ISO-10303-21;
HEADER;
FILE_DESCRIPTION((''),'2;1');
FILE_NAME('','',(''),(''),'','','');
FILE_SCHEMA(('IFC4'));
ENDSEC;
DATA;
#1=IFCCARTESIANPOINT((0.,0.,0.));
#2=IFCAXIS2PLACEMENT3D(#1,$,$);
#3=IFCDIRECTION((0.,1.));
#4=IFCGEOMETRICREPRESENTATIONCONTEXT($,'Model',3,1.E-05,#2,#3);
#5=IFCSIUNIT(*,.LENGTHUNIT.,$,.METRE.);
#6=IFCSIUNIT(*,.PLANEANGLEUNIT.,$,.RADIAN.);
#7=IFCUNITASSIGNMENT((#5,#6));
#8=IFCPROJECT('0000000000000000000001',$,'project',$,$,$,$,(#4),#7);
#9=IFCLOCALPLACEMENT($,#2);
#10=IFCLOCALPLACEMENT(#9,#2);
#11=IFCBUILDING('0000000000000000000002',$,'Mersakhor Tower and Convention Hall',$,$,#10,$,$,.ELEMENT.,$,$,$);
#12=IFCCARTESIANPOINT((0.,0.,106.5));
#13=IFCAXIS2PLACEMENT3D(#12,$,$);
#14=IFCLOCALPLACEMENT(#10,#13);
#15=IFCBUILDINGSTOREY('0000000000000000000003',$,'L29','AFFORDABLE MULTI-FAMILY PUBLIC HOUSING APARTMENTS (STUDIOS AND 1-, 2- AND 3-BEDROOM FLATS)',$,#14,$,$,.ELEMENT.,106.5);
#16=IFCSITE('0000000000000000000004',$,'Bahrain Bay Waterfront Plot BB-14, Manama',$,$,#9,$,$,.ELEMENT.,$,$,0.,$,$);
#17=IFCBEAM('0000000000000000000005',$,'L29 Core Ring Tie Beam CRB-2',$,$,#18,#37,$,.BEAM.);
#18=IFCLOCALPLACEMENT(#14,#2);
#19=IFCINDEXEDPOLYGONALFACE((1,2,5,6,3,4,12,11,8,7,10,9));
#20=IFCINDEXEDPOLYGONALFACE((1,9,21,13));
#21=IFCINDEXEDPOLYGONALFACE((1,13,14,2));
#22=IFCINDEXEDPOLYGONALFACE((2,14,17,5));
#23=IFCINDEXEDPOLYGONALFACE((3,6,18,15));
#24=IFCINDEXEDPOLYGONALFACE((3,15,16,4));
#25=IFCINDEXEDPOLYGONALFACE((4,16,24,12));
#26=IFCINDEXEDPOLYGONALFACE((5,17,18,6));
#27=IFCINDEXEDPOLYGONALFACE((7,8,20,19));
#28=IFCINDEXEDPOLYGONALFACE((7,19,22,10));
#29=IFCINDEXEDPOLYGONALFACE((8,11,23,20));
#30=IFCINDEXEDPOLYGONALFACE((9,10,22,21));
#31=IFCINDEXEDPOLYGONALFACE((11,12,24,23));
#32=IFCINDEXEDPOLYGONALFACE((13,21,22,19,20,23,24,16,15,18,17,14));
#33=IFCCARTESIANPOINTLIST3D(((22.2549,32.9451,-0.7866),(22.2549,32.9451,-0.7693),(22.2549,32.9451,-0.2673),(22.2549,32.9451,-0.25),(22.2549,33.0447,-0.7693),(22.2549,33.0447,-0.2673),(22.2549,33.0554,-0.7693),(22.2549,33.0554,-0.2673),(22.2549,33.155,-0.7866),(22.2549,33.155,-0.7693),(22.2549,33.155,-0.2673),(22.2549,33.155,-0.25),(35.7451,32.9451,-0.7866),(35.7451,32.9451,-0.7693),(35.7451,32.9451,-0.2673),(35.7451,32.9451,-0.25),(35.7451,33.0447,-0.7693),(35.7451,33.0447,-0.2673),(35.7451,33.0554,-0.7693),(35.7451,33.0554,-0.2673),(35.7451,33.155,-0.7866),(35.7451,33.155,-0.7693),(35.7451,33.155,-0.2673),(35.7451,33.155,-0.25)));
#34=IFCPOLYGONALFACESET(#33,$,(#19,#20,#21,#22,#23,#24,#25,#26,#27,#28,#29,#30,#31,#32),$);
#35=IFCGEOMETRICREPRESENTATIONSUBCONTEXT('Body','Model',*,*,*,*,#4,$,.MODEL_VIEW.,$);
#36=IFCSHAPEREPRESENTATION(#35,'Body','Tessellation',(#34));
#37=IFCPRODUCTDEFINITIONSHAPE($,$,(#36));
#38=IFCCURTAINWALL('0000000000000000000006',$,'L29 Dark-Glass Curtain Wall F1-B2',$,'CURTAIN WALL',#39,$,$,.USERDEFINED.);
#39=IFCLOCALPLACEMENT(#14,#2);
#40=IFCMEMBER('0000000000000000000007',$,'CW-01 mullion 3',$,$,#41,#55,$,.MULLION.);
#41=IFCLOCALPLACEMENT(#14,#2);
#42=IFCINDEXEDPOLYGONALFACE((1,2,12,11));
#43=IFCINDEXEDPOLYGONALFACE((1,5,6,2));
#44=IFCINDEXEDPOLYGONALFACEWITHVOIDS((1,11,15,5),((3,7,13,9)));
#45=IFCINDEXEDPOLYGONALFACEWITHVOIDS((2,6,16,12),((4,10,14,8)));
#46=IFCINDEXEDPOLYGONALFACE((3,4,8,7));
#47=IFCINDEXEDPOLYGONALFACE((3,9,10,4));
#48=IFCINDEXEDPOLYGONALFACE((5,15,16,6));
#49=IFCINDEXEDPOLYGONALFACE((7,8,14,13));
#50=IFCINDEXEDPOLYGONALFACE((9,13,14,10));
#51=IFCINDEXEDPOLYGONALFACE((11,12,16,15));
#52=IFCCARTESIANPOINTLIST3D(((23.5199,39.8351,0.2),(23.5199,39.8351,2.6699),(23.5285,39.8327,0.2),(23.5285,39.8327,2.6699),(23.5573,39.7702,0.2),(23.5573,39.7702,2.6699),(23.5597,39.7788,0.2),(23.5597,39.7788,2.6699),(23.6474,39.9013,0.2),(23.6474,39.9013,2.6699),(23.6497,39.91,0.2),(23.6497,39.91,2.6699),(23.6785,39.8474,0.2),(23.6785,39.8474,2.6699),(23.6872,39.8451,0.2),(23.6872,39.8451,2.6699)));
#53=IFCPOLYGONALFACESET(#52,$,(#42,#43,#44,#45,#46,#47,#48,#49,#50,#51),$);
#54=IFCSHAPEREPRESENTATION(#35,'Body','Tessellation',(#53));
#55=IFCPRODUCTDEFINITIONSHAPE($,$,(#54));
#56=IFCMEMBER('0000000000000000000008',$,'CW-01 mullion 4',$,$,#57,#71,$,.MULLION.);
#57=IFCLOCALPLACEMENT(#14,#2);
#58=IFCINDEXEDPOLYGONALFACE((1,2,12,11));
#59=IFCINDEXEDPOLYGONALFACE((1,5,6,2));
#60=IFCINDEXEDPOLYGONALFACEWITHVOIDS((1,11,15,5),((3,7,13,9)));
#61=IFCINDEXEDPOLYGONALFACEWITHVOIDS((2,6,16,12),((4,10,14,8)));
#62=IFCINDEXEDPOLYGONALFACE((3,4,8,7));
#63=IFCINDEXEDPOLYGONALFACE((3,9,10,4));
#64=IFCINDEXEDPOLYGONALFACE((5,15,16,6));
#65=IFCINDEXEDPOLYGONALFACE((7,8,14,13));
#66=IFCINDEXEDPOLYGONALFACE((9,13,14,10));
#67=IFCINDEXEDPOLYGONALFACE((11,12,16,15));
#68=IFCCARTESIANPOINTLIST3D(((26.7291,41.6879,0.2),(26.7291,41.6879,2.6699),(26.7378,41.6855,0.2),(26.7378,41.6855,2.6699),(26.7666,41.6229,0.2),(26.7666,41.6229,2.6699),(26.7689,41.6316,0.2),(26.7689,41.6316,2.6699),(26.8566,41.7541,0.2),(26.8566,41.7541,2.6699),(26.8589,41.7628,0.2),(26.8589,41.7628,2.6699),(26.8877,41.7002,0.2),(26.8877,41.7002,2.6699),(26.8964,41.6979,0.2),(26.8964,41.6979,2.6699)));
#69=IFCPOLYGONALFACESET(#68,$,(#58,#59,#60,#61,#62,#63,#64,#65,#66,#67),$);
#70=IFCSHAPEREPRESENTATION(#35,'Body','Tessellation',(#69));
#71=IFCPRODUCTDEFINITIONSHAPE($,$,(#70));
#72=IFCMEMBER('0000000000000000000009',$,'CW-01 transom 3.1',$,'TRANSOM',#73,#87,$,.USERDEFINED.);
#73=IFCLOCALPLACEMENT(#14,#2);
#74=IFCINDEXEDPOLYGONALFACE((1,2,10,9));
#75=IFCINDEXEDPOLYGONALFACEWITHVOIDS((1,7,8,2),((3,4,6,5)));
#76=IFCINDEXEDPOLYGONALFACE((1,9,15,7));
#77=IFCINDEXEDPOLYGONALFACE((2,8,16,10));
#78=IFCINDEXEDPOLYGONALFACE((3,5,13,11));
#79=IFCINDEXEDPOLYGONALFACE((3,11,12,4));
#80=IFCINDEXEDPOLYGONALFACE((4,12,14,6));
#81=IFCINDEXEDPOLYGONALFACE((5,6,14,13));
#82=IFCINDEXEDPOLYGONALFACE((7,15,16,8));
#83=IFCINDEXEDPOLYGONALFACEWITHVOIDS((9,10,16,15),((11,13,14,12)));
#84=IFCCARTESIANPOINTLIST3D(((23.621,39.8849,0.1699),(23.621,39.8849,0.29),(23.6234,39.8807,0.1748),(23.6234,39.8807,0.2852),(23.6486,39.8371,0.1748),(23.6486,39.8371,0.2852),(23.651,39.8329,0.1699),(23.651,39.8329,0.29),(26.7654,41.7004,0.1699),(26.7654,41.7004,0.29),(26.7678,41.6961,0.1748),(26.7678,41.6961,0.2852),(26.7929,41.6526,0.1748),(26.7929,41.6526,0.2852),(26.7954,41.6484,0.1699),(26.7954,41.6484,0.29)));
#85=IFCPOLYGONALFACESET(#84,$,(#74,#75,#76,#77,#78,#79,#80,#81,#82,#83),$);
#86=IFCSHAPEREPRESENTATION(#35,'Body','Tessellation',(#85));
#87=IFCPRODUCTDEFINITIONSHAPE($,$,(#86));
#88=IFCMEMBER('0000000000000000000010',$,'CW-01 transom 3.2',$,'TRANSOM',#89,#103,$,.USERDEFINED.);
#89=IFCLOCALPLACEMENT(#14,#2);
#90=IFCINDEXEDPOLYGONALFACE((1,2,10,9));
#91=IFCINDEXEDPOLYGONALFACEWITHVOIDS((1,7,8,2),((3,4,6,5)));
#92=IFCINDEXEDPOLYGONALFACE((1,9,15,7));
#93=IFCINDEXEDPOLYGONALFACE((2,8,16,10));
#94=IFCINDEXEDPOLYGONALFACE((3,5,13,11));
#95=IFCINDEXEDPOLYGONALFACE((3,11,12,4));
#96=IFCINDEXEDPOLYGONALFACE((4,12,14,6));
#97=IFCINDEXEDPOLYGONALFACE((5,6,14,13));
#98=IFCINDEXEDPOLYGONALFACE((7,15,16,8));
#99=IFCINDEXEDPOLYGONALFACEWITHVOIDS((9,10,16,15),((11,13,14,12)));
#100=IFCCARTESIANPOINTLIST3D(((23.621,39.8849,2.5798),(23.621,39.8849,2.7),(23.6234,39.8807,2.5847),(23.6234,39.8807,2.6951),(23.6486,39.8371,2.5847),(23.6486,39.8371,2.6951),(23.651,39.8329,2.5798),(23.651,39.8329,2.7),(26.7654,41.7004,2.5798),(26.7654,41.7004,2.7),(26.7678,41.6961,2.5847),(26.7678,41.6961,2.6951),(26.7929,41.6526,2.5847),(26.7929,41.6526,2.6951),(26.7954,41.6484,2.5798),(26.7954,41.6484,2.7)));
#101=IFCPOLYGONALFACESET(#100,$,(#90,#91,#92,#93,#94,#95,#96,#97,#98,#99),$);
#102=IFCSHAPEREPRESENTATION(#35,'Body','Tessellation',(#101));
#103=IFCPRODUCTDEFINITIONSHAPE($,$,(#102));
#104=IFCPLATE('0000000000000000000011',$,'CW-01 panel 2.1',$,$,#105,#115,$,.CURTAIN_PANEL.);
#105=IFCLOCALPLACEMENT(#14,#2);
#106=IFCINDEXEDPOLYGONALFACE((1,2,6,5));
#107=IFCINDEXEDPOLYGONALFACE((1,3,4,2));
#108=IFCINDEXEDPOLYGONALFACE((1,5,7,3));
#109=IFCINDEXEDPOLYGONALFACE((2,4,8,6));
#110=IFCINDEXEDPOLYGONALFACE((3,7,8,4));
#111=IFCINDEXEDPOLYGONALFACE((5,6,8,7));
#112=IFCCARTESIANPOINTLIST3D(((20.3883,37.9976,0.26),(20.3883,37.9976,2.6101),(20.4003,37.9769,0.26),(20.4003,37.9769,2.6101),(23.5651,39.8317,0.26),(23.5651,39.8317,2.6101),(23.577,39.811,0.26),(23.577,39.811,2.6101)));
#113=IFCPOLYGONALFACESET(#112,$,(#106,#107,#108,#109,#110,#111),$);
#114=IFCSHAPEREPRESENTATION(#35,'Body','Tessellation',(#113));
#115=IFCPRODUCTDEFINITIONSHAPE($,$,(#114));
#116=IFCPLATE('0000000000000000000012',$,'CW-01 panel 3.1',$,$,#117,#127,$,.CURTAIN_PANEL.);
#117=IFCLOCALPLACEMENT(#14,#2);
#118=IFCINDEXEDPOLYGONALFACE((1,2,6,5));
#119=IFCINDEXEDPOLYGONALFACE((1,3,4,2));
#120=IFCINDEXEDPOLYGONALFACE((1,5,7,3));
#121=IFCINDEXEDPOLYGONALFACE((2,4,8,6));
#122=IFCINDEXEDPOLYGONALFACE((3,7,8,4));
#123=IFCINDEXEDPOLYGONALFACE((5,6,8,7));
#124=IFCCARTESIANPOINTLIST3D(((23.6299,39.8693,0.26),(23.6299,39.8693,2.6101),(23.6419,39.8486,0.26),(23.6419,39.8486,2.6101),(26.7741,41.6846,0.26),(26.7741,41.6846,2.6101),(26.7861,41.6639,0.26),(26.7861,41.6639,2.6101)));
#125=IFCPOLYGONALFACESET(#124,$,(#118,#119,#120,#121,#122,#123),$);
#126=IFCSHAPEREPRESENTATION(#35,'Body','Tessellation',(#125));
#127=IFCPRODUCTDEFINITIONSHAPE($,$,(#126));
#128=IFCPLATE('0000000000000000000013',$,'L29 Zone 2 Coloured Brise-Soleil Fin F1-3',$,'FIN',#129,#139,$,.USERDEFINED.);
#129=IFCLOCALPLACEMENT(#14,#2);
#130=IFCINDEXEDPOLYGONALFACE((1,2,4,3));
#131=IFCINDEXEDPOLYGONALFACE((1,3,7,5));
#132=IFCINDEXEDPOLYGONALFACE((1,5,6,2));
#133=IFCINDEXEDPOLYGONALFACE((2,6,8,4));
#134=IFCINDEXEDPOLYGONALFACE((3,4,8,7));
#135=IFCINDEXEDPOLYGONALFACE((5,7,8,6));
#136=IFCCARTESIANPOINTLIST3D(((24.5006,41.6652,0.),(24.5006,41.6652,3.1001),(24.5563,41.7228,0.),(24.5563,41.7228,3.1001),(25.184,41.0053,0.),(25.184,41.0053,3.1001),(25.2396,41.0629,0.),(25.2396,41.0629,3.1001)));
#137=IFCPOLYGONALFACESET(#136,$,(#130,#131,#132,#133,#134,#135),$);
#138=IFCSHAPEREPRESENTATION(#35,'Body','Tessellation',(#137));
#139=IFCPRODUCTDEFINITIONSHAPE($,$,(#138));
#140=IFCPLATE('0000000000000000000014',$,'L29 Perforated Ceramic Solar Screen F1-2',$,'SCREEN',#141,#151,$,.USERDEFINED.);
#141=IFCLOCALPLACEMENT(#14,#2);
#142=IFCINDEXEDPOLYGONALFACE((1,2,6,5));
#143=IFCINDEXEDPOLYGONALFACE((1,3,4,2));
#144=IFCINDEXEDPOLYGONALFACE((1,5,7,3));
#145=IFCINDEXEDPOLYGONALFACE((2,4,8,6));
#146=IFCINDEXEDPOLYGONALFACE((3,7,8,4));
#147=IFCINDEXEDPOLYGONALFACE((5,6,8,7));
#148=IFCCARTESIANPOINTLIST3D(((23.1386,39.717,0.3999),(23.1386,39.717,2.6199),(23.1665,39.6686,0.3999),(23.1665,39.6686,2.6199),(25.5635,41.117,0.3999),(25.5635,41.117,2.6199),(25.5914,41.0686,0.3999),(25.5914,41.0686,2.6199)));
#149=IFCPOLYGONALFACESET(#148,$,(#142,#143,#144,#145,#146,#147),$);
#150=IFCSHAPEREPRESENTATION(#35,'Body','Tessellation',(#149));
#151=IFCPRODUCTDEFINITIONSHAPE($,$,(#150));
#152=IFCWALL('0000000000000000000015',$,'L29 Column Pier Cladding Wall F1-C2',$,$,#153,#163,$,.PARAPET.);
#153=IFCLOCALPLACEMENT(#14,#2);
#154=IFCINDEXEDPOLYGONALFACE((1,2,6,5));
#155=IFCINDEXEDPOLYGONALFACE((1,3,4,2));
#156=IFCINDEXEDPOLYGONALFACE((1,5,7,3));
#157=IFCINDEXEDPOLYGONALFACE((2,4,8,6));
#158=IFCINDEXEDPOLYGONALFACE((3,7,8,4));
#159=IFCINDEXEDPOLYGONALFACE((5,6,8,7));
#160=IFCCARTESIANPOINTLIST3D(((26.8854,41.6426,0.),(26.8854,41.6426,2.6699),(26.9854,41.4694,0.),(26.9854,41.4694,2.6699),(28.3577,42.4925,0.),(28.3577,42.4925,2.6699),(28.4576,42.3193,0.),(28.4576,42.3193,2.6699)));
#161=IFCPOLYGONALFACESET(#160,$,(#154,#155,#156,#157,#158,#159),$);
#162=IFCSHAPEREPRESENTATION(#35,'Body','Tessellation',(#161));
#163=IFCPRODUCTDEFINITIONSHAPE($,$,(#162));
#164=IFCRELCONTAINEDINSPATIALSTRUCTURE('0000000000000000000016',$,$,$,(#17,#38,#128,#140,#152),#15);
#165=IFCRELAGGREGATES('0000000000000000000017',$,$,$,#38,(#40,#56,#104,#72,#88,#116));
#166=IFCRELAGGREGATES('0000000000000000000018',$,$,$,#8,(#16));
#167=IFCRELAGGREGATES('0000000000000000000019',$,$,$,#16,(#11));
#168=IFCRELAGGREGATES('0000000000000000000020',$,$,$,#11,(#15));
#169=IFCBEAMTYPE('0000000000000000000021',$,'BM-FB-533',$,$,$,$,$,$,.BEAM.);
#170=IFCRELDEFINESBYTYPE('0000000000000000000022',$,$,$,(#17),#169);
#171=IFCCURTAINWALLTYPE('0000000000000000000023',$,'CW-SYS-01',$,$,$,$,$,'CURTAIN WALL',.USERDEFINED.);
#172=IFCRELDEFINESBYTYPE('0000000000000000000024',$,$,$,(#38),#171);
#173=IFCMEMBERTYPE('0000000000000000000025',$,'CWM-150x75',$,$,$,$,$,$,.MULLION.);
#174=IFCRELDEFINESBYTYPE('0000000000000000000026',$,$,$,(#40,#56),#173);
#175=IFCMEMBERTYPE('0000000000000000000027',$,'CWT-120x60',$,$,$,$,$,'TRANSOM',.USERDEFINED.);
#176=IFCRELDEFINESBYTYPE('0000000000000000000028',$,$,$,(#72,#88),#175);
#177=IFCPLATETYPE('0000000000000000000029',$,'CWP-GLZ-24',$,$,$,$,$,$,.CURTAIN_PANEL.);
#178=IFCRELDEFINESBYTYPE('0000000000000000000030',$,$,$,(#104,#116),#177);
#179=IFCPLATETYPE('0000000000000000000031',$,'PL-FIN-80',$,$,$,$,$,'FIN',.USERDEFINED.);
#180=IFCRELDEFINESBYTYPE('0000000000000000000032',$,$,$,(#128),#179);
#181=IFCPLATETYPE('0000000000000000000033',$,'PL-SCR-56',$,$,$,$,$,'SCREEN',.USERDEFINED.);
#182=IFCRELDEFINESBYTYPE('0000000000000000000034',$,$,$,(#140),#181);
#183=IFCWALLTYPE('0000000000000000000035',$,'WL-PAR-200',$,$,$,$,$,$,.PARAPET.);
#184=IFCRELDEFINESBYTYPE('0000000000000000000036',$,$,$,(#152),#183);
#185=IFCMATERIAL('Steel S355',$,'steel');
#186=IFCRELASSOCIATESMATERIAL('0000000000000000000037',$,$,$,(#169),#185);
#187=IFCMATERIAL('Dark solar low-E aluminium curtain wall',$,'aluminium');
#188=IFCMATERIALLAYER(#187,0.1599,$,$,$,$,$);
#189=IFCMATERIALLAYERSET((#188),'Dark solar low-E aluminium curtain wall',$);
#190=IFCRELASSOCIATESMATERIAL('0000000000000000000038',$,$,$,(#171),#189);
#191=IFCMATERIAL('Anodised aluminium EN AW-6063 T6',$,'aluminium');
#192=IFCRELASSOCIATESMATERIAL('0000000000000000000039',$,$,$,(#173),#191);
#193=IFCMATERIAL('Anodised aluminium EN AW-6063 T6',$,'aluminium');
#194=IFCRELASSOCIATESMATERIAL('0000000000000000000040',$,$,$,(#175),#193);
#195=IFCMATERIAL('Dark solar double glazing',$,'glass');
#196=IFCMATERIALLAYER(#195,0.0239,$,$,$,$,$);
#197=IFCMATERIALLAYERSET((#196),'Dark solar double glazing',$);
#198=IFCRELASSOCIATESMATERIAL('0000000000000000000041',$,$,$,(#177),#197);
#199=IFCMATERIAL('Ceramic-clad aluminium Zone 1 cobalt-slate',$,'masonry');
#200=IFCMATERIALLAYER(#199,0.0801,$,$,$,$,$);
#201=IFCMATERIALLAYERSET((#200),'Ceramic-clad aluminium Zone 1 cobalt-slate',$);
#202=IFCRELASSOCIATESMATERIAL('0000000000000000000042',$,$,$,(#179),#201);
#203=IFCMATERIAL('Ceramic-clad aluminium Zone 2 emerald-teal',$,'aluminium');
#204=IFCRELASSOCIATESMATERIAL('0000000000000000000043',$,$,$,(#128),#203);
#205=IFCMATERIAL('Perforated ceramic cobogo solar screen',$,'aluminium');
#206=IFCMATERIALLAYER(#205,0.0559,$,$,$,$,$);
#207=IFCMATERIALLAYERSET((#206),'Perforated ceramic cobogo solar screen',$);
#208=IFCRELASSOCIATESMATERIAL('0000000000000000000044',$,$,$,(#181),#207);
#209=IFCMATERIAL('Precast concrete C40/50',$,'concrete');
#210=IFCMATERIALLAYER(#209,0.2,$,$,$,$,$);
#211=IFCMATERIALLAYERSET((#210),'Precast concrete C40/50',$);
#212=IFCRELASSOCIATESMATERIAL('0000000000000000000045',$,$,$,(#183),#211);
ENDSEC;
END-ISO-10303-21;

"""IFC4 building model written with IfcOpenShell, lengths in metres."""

from ifc_helpers import new_model, si_unit, direction, frame, frame_2d, origin, origin_2d, place, context, subcontext, project, spatial, rectangle, hollow_rectangle, i_section, extrude, material, layer, layer_set, material_profile, profile_set, type_object, element, aggregate, save


model = new_model("IFC4")

# Units and contexts
model_context = context("Model", 3, precision=1e-05, world=origin(), true_north=direction((0.0, 1.0)))
body_context = subcontext(model_context, "Body", "Model", "MODEL_VIEW")
ifc_project = project(units=[si_unit("LENGTHUNIT", "METRE"), si_unit("PLANEANGLEUNIT", "RADIAN")], contexts=[model_context])

# Site, building, storey
site_placement = place(None, origin())
site = spatial("IfcSite", under=ifc_project, at=site_placement, Name="Bahrain Bay Waterfront Plot BB-14, Manama", CompositionType="ELEMENT", RefElevation=0.0)
building_placement = place(site_placement, origin())
building = spatial("IfcBuilding", under=site, at=building_placement, Name="Mersakhor Tower and Convention Hall", CompositionType="ELEMENT")
storey_placement = place(building_placement, frame((0.0, 0.0, 106.5)))
storey = spatial("IfcBuildingStorey", under=building, at=storey_placement, Name="L29", Description="AFFORDABLE MULTI-FAMILY PUBLIC HOUSING APARTMENTS (STUDIOS AND 1-, 2- AND 3-BEDROOM FLATS)", CompositionType="ELEMENT", Elevation=106.5)

# Beam
ifc_material_1 = material(Name="Steel S355", Category="steel")
ifc_material_profile_1 = material_profile(ifc_material_1, i_section(OverallWidth=0.21, OverallDepth=0.5366, WebThickness=0.0107, FlangeThickness=0.0173, at=origin_2d()), Name="UB 533x210x101")
ifc_profile_set_1 = profile_set([ifc_material_profile_1], Name="Steel S355")
beam_type = type_object("IfcBeamType", Name="BM-FB-533", PredefinedType="BEAM", material=ifc_profile_set_1)
beam_placement = place(storey_placement, frame((22.2549, 33.05, -0.5183), z_axis=(1.0, 0.0, 0.0), x_axis=(0.0, 1.0, 0.0)))
element("IfcBeam", 1, at=beam_placement, inside=storey, type_object=beam_type, Name="L29 Core Ring Tie Beam CRB-2", PredefinedType="BEAM", context=body_context, shape_type="SweptSolid", body=[
    extrude(i_section(OverallWidth=0.21, OverallDepth=0.5366, WebThickness=0.0107, FlangeThickness=0.0173, at=origin_2d()), origin(), (0.0, 0.0, 1.0), 13.4902),
])

# Curtain wall, members, plates
ifc_material_2 = material(Name="Dark solar low-E aluminium curtain wall", Category="aluminium")
ifc_layer_1 = layer(ifc_material_2, 0.1599)
ifc_layer_set_1 = layer_set([ifc_layer_1], Name="Dark solar low-E aluminium curtain wall")
curtain_wall_type = type_object("IfcCurtainWallType", Name="CW-SYS-01", ElementType="CURTAIN WALL", PredefinedType="USERDEFINED", material=ifc_layer_set_1)
curtain_wall_placement = place(storey_placement, origin())
curtain_wall = element("IfcCurtainWall", 2, at=curtain_wall_placement, inside=storey, type_object=curtain_wall_type, Name="L29 Dark-Glass Curtain Wall F1-B2", ObjectType="CURTAIN WALL", PredefinedType="USERDEFINED")
ifc_material_3 = material(Name="Anodised aluminium EN AW-6063 T6", Category="aluminium")
ifc_material_profile_2 = material_profile(ifc_material_3, hollow_rectangle(XDim=0.075, YDim=0.1499, WallThickness=0.0063, at=origin_2d()), Name="RHS 150x75x6.3")
ifc_profile_set_2 = profile_set([ifc_material_profile_2], Name="Anodised aluminium EN AW-6063 T6")
member_type_1 = type_object("IfcMemberType", Name="CWM-150x75", PredefinedType="MULLION", material=ifc_profile_set_2)
member_1_placement = place(storey_placement, frame((23.6035, 39.8401, 0.2), z_axis=(0.0, 0.0, 1.0), x_axis=(-0.499998, 0.866027, 0.0)))
member_1 = element("IfcMember", 3, at=member_1_placement, type_object=member_type_1, Name="CW-01 mullion 3", PredefinedType="MULLION", context=body_context, shape_type="SweptSolid", body=[
    extrude(hollow_rectangle(XDim=0.075, YDim=0.1499, WallThickness=0.0063, at=origin_2d()), origin(), (0.0, 0.0, 1.0), 2.47),
])
member_2_placement = place(storey_placement, frame((26.8127, 41.6929, 0.2), z_axis=(0.0, 0.0, 1.0), x_axis=(-0.499998, 0.866027, 0.0)))
member_2 = element("IfcMember", 4, at=member_2_placement, type_object=member_type_1, Name="CW-01 mullion 4", PredefinedType="MULLION", context=body_context, shape_type="SweptSolid", body=[
    extrude(hollow_rectangle(XDim=0.075, YDim=0.1499, WallThickness=0.0063, at=origin_2d()), origin(), (0.0, 0.0, 1.0), 2.47),
])
ifc_material_4 = material(Name="Anodised aluminium EN AW-6063 T6", Category="aluminium")
ifc_material_profile_3 = material_profile(ifc_material_4, hollow_rectangle(XDim=0.0601, YDim=0.1201, WallThickness=0.0049, at=origin_2d()), Name="RHS 120x60x5")
ifc_profile_set_3 = profile_set([ifc_material_profile_3], Name="Anodised aluminium EN AW-6063 T6")
member_type_2 = type_object("IfcMemberType", Name="CWT-120x60", ElementType="TRANSOM", PredefinedType="USERDEFINED", material=ifc_profile_set_3)
member_3_placement = place(storey_placement, frame((23.636, 39.8589, 0.23), z_axis=(0.866016, 0.500015, 0.0), x_axis=(-0.500015, 0.866016, 0.0)))
member_3 = element("IfcMember", 5, at=member_3_placement, type_object=member_type_2, Name="CW-01 transom 3.1", ObjectType="TRANSOM", PredefinedType="USERDEFINED", context=body_context, shape_type="SweptSolid", body=[
    extrude(hollow_rectangle(XDim=0.0601, YDim=0.1201, WallThickness=0.0049, at=origin_2d()), origin(), (0.0, 0.0, 1.0), 3.6309),
])
member_4_placement = place(storey_placement, frame((23.636, 39.8589, 2.6399), z_axis=(0.866016, 0.500015, 0.0), x_axis=(-0.500015, 0.866016, 0.0)))
member_4 = element("IfcMember", 6, at=member_4_placement, type_object=member_type_2, Name="CW-01 transom 3.2", ObjectType="TRANSOM", PredefinedType="USERDEFINED", context=body_context, shape_type="SweptSolid", body=[
    extrude(hollow_rectangle(XDim=0.0601, YDim=0.1201, WallThickness=0.0049, at=origin_2d()), origin(), (0.0, 0.0, 1.0), 3.6309),
])
ifc_material_5 = material(Name="Dark solar double glazing", Category="glass")
ifc_layer_2 = layer(ifc_material_5, 0.0239)
ifc_layer_set_2 = layer_set([ifc_layer_2], Name="Dark solar double glazing")
plate_type_1 = type_object("IfcPlateType", Name="CWP-GLZ-24", PredefinedType="CURTAIN_PANEL", material=ifc_layer_set_2)
plate_1_placement = place(storey_placement, frame((21.9827, 38.9043, 0.26), z_axis=(0.0, 0.0, 1.0), x_axis=(0.866027, 0.499998, 0.0)))
plate_1 = element("IfcPlate", 7, at=plate_1_placement, type_object=plate_type_1, Name="CW-01 panel 2.1", PredefinedType="CURTAIN_PANEL", context=body_context, shape_type="SweptSolid", body=[
    extrude(rectangle(XDim=3.6682, YDim=0.0239, at=origin_2d()), origin(), (0.0, 0.0, 1.0), 2.3501),
])
plate_2_placement = place(storey_placement, frame((25.208, 40.7666, 0.26), z_axis=(0.0, 0.0, 1.0), x_axis=(0.866027, 0.499998, 0.0)))
plate_2 = element("IfcPlate", 8, at=plate_2_placement, type_object=plate_type_1, Name="CW-01 panel 3.1", PredefinedType="CURTAIN_PANEL", context=body_context, shape_type="SweptSolid", body=[
    extrude(rectangle(XDim=3.6306, YDim=0.0239, at=origin_2d()), origin(), (0.0, 0.0, 1.0), 2.3501),
])
aggregate(curtain_wall, [member_1, member_2, plate_1, member_3, member_4, plate_2])

# Plates
ifc_material_6 = material(Name="Ceramic-clad aluminium Zone 2 emerald-teal", Category="aluminium")
ifc_material_7 = material(Name="Ceramic-clad aluminium Zone 1 cobalt-slate", Category="masonry")
ifc_layer_3 = layer(ifc_material_7, 0.0801)
ifc_layer_set_3 = layer_set([ifc_layer_3], Name="Ceramic-clad aluminium Zone 1 cobalt-slate")
plate_type_2 = type_object("IfcPlateType", Name="PL-FIN-80", ElementType="FIN", PredefinedType="USERDEFINED", material=ifc_layer_set_3)
plate_3_placement = place(storey_placement, frame((24.8701, 41.364, 0.0), z_axis=(0.0, 0.0, 1.0), x_axis=(-0.71934, 0.694658, 0.0)))
element("IfcPlate", 9, at=plate_3_placement, inside=storey, type_object=plate_type_2, material=ifc_material_6, Name="L29 Zone 2 Coloured Brise-Soleil Fin F1-3", ObjectType="FIN", PredefinedType="USERDEFINED", context=body_context, shape_type="SweptSolid", body=[
    extrude(rectangle(XDim=0.95, YDim=0.0801, at=origin_2d()), origin(), (0.0, 0.0, 1.0), 3.1001),
])
ifc_material_8 = material(Name="Perforated ceramic cobogo solar screen", Category="aluminium")
ifc_layer_4 = layer(ifc_material_8, 0.0559)
ifc_layer_set_4 = layer_set([ifc_layer_4], Name="Perforated ceramic cobogo solar screen")
plate_type_3 = type_object("IfcPlateType", Name="PL-SCR-56", ElementType="SCREEN", PredefinedType="USERDEFINED", material=ifc_layer_set_4)
plate_4_placement = place(storey_placement, frame((24.365, 40.3928, 0.3999), z_axis=(0.0, 0.0, 1.0), x_axis=(0.866025, 0.5, 0.0)))
element("IfcPlate", 10, at=plate_4_placement, inside=storey, type_object=plate_type_3, Name="L29 Perforated Ceramic Solar Screen F1-2", ObjectType="SCREEN", PredefinedType="USERDEFINED", context=body_context, shape_type="SweptSolid", body=[
    extrude(rectangle(XDim=2.8, YDim=0.0559, at=origin_2d()), origin(), (0.0, 0.0, 1.0), 2.22),
])

# Wall
ifc_material_9 = material(Name="Precast concrete C40/50", Category="concrete")
ifc_layer_5 = layer(ifc_material_9, 0.2)
ifc_layer_set_5 = layer_set([ifc_layer_5], Name="Precast concrete C40/50")
wall_type_1 = type_object("IfcWallType", Name="WL-PAR-200", PredefinedType="PARAPET", material=ifc_layer_set_5)
wall_1_placement = place(storey_placement, frame((26.9353, 41.5559, 0.0), z_axis=(0.0, 0.0, 1.0), x_axis=(0.866052, 0.499955, 0.0)))
element("IfcWall", 11, at=wall_1_placement, inside=storey, type_object=wall_type_1, Name="L29 Column Pier Cladding Wall F1-C2", PredefinedType="PARAPET", context=body_context, shape_type="SweptSolid", body=[
    extrude(rectangle(XDim=1.7, YDim=0.2, at=frame_2d((0.8501, 0.0))), origin(), (0.0, 0.0, 1.0), 2.6699),
])

save(model, "model.ifc")
